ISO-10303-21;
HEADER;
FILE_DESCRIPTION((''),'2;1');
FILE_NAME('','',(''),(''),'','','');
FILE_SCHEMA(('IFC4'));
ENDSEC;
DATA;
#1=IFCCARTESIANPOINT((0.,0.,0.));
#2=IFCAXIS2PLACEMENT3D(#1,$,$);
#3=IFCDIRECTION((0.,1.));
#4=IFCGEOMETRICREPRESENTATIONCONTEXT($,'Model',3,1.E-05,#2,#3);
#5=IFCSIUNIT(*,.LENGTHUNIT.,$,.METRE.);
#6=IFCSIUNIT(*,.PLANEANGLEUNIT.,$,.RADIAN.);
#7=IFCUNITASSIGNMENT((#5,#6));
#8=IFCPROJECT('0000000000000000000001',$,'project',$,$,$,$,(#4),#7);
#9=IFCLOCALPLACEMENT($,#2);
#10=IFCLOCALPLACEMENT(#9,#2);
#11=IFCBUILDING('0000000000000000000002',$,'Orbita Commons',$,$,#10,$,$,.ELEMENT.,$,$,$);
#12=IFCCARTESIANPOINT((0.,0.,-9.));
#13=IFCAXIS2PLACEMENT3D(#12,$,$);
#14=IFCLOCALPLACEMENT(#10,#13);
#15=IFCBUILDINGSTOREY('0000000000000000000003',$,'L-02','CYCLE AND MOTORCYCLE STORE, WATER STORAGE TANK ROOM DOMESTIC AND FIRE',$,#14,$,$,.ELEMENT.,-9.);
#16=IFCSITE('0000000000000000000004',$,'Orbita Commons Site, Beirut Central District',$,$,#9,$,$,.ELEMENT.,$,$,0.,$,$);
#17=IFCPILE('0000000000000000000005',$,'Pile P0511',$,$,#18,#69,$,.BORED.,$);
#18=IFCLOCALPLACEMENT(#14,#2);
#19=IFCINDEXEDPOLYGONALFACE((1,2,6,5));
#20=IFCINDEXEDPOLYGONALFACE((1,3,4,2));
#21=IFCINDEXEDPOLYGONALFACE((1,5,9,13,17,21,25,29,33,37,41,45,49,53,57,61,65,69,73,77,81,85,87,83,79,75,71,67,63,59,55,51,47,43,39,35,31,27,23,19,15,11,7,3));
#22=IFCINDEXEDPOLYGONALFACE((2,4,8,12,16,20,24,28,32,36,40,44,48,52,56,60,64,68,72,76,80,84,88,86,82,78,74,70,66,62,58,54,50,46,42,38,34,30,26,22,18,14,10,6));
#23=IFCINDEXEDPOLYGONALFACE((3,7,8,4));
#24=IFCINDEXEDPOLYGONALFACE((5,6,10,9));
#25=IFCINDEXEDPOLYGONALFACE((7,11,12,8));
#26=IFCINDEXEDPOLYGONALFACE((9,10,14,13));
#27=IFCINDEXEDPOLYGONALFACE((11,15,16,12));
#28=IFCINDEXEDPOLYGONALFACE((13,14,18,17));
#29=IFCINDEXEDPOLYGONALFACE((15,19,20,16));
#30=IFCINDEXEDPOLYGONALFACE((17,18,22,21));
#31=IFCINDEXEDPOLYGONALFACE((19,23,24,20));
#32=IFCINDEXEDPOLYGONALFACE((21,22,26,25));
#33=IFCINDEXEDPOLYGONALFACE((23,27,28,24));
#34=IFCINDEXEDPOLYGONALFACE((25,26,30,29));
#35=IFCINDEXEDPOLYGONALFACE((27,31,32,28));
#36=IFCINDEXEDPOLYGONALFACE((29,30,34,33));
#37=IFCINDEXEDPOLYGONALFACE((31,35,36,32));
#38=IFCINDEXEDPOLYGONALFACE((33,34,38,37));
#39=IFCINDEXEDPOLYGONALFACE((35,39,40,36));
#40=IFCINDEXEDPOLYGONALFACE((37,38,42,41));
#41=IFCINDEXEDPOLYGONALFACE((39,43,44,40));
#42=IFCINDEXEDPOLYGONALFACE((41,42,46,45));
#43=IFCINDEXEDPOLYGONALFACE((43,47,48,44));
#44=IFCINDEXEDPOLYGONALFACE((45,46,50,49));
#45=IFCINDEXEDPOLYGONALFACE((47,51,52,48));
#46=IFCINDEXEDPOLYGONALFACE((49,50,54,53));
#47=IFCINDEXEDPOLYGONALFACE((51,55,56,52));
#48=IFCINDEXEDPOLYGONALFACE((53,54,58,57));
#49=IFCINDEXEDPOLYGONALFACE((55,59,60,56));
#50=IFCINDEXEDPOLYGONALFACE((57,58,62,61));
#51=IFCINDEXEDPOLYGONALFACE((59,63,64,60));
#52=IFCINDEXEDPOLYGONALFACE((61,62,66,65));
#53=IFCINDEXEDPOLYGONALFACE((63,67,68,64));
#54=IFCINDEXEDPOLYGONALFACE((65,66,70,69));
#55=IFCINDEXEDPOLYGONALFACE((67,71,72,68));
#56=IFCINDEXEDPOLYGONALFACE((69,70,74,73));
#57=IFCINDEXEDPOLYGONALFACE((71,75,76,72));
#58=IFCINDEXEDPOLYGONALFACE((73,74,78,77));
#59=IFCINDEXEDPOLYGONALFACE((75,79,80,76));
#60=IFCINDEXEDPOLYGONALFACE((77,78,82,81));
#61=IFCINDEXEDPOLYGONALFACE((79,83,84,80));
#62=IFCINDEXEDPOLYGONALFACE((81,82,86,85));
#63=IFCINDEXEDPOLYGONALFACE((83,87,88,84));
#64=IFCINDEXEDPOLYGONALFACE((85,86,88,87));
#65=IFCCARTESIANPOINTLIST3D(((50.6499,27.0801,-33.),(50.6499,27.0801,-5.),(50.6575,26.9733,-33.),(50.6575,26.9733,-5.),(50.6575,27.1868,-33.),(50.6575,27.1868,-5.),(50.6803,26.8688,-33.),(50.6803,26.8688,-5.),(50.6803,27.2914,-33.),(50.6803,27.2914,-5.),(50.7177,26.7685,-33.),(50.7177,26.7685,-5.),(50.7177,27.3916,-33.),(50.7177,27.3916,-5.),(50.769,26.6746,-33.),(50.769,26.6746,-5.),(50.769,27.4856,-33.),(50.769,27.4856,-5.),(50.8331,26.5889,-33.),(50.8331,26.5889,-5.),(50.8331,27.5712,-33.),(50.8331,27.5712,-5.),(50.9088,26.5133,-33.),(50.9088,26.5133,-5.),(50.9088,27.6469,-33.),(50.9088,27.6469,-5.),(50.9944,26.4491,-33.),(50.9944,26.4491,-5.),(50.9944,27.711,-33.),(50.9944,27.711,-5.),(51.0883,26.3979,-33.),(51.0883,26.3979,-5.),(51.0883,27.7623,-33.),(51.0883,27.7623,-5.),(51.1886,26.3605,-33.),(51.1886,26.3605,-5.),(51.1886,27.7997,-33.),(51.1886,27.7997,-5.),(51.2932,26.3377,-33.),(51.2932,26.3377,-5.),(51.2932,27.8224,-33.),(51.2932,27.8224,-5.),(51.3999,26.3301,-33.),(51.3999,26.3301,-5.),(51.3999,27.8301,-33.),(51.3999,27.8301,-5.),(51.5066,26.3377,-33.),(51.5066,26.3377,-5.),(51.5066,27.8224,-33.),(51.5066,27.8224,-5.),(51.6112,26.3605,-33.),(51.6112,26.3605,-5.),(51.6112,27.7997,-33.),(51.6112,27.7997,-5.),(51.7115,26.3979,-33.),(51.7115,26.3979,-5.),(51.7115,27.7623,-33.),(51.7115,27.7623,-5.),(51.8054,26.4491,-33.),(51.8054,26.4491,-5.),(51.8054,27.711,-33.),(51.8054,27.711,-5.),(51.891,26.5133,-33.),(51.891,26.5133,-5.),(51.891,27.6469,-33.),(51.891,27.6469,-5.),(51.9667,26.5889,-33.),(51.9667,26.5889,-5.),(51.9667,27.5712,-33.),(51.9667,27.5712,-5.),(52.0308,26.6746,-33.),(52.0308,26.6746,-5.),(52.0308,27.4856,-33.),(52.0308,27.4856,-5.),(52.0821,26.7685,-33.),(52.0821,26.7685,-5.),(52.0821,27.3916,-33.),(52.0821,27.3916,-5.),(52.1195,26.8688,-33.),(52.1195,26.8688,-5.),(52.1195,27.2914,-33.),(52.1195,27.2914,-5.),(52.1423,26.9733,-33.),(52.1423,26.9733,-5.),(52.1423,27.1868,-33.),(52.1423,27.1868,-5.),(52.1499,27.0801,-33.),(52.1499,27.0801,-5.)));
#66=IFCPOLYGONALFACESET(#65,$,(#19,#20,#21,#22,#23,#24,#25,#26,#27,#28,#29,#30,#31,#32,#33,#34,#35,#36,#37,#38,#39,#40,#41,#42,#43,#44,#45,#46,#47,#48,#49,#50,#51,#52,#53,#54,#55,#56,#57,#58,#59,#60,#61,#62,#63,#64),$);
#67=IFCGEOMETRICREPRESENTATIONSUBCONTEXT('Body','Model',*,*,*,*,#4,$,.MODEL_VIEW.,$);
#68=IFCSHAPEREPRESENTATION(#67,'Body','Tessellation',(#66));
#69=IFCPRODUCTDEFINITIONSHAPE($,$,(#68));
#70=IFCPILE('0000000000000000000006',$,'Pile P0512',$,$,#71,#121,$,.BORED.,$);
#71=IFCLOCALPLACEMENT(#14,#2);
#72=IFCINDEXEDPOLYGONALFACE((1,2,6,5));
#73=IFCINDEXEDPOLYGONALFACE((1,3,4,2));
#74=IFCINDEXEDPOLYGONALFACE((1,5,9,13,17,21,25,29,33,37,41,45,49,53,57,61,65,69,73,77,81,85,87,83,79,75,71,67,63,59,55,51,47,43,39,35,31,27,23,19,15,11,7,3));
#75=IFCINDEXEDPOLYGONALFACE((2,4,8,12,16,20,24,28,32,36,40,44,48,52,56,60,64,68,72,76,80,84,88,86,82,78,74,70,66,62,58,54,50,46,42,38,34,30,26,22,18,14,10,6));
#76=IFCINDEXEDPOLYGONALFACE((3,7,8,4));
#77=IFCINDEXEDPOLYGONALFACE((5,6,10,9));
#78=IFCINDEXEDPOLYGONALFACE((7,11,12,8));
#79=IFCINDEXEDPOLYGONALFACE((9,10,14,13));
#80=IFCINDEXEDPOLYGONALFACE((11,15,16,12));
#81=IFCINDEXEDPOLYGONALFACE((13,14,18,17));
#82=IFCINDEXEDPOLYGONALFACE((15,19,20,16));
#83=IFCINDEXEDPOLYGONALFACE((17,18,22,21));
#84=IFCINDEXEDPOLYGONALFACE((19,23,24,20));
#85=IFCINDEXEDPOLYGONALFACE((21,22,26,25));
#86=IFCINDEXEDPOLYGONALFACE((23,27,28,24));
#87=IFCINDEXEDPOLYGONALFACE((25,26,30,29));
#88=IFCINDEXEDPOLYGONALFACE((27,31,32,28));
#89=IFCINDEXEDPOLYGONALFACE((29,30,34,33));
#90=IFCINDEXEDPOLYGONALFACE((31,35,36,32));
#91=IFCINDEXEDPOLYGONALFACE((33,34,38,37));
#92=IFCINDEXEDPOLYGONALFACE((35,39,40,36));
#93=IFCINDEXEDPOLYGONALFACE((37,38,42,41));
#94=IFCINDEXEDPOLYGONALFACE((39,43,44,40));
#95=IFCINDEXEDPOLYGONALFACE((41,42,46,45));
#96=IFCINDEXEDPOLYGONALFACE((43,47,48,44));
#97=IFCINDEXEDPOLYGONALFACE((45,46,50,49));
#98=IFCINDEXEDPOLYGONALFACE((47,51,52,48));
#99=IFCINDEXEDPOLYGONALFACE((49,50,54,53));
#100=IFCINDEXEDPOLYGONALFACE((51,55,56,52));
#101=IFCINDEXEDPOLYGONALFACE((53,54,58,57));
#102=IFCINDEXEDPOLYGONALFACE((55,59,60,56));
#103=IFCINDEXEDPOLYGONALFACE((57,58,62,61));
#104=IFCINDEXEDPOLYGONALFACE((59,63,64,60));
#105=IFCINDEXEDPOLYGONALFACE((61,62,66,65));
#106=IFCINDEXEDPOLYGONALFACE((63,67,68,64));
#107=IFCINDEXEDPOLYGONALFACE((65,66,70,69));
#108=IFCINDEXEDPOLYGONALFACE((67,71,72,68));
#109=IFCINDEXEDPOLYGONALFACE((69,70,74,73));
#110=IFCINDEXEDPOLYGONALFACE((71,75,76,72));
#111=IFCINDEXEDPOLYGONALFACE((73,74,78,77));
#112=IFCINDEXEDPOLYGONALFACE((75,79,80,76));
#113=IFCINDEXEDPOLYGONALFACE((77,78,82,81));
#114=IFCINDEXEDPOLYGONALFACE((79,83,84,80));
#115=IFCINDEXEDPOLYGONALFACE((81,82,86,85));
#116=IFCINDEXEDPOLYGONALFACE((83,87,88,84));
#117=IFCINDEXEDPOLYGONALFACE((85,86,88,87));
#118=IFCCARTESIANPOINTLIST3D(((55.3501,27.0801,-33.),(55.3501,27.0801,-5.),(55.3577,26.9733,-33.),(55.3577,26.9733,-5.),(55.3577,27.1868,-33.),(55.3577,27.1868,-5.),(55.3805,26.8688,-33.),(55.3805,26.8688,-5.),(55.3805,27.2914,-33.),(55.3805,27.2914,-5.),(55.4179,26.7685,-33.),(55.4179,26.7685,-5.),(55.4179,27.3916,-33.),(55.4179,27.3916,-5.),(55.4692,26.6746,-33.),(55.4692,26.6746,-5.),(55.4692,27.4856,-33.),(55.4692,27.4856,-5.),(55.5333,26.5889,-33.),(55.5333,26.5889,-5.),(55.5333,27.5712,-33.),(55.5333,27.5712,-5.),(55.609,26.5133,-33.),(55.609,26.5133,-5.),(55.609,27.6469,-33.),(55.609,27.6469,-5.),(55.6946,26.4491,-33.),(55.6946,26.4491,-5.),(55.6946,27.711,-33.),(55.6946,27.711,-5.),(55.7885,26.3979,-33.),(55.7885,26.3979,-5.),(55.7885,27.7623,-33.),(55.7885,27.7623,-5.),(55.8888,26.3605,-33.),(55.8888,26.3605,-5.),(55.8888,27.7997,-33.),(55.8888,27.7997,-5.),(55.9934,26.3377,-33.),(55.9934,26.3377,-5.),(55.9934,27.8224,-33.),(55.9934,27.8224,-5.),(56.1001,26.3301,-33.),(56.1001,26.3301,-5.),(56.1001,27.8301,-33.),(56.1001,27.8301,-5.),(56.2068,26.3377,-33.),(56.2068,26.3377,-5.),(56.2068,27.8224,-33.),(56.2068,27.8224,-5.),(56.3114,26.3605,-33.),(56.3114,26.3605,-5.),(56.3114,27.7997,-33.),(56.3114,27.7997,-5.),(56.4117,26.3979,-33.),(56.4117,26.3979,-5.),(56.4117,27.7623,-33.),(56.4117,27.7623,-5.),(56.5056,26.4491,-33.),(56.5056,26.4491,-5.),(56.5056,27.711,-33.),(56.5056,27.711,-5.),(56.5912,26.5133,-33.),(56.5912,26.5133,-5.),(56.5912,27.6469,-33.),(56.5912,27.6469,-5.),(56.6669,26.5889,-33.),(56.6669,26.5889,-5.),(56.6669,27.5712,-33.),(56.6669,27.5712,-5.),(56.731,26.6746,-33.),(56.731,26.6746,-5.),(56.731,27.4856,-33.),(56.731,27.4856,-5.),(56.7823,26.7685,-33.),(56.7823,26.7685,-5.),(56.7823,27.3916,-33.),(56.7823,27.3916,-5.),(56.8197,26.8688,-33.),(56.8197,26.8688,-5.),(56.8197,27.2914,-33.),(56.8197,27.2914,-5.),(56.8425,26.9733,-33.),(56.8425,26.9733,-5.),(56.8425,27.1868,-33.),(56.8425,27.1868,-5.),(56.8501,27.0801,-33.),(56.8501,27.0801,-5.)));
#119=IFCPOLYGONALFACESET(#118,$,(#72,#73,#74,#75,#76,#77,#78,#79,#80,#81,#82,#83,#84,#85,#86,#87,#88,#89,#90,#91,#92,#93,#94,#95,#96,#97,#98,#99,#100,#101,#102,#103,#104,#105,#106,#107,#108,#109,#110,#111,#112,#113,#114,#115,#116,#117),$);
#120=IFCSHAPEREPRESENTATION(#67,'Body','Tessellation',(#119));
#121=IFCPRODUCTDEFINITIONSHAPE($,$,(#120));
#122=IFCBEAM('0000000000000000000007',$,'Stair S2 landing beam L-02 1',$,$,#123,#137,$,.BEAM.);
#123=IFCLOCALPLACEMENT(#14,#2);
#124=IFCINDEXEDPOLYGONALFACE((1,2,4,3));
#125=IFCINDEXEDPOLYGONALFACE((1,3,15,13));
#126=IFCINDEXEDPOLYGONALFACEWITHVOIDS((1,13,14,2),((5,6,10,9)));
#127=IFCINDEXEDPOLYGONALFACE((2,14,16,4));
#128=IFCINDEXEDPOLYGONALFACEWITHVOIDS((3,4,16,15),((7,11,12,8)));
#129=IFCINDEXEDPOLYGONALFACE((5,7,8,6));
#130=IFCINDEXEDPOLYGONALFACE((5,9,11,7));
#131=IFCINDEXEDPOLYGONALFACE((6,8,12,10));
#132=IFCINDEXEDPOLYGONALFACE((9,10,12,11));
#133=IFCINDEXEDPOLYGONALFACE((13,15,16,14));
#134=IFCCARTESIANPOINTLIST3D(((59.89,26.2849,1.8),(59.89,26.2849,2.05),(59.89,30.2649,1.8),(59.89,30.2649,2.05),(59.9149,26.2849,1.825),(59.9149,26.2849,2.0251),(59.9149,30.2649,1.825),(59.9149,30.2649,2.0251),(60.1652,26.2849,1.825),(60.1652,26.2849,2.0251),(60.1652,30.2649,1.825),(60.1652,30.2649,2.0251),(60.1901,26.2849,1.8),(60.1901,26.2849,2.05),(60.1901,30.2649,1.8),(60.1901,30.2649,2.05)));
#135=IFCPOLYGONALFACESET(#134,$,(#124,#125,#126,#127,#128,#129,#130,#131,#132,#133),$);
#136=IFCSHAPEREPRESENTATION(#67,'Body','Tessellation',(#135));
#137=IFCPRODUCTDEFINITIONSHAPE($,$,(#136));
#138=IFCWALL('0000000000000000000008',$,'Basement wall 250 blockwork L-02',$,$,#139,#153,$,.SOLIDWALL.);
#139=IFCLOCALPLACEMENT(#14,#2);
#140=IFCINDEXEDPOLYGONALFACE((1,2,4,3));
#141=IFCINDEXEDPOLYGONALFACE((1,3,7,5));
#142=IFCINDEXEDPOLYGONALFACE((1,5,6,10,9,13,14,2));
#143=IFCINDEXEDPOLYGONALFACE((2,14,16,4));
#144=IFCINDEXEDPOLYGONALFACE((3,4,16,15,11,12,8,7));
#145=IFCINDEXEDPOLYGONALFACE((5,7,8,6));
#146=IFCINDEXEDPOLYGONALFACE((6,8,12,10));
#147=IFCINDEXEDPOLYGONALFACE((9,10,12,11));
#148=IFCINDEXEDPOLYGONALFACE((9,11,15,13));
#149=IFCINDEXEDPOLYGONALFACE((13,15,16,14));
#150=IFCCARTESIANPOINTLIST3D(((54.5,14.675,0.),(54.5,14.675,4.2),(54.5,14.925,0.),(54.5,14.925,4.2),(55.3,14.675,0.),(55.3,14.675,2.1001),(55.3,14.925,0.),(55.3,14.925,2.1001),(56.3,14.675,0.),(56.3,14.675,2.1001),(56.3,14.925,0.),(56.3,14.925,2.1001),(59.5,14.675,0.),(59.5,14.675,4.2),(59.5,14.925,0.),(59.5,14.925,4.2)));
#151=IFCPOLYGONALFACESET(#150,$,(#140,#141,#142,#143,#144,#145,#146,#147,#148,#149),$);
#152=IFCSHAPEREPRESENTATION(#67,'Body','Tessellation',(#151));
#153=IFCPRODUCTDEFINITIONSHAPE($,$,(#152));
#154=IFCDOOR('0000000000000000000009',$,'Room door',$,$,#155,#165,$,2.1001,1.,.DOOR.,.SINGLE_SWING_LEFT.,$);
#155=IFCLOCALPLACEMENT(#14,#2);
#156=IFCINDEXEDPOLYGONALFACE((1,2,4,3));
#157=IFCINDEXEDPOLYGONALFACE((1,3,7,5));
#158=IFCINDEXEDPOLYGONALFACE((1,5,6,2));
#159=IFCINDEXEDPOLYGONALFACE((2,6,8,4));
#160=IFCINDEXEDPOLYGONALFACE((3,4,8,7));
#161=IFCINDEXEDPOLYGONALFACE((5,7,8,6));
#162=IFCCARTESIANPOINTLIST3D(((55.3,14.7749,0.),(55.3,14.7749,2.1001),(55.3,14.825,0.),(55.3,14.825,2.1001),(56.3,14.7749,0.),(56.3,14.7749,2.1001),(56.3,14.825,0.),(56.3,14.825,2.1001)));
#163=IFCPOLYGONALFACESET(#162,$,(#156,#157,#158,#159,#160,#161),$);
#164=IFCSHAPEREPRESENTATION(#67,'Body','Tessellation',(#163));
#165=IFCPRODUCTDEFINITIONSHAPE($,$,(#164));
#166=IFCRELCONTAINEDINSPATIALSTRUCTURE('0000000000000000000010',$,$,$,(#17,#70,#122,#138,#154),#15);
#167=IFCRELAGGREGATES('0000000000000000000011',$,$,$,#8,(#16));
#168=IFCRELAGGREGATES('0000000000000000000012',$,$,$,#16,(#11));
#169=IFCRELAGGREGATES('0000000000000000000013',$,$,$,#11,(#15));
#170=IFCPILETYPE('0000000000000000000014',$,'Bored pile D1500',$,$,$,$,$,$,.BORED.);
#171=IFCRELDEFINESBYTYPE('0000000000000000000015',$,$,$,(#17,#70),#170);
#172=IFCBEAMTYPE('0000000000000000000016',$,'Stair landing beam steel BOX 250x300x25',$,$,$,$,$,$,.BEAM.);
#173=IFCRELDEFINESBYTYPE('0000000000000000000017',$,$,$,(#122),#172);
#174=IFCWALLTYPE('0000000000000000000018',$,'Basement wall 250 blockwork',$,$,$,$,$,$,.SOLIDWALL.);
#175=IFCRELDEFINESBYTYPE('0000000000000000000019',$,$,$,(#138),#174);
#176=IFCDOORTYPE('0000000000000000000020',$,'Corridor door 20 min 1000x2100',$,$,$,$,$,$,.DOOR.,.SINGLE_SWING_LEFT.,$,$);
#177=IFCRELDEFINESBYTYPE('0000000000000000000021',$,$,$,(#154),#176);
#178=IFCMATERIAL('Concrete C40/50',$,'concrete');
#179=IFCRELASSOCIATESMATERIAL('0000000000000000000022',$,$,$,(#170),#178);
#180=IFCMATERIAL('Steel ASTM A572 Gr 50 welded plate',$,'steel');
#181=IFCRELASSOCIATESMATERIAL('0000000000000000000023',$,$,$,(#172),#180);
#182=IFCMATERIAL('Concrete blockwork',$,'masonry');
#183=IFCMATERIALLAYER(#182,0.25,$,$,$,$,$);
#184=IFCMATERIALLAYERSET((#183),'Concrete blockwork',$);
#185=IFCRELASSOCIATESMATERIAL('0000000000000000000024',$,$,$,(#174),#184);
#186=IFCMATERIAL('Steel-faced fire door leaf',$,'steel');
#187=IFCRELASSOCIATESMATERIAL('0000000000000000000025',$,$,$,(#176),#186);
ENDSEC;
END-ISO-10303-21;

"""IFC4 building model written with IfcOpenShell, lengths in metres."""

from ifc_helpers import new_model, si_unit, direction, frame, frame_2d, origin, origin_2d, place, context, subcontext, project, spatial, rectangle, hollow_rectangle, circle, extrude, material, layer, layer_set, material_profile, profile_set, type_object, element, fill, save


model = new_model("IFC4")

# Units and contexts
model_context = context("Model", 3, precision=1e-05, world=origin(), true_north=direction((0.0, 1.0)))
body_context = subcontext(model_context, "Body", "Model", "MODEL_VIEW")
ifc_project = project(units=[si_unit("LENGTHUNIT", "METRE"), si_unit("PLANEANGLEUNIT", "RADIAN")], contexts=[model_context])

# Site, building, storey
site_placement = place(None, origin())
site = spatial("IfcSite", under=ifc_project, at=site_placement, Name="Orbita Commons Site, Beirut Central District", CompositionType="ELEMENT", RefElevation=0.0)
building_placement = place(site_placement, origin())
building = spatial("IfcBuilding", under=site, at=building_placement, Name="Orbita Commons", CompositionType="ELEMENT")
storey_placement = place(building_placement, frame((0.0, 0.0, -9.0)))
storey = spatial("IfcBuildingStorey", under=building, at=storey_placement, Name="L-02", Description="CYCLE AND MOTORCYCLE STORE, WATER STORAGE TANK ROOM DOMESTIC AND FIRE", CompositionType="ELEMENT", Elevation=-9.0)

# Piles
ifc_material_1 = material(Name="Concrete C40/50", Category="concrete")
ifc_material_profile_1 = material_profile(ifc_material_1, circle(Radius=0.75, at=origin_2d()), Name="RC D1500")
ifc_profile_set_1 = profile_set([ifc_material_profile_1], Name="Concrete C40/50")
pile_type = type_object("IfcPileType", Name="Bored pile D1500", PredefinedType="BORED", material=ifc_profile_set_1)
for number, where, z_axis, x_axis, name in (
    (1, (51.3999, 27.0801, -5.0), (0.0, 0.0, -1.0), (1.0, 0.0, 0.0), "Pile P0511"),
    (2, (56.1001, 27.0801, -5.0), (0.0, 0.0, -1.0), (1.0, 0.0, 0.0), "Pile P0512"),
):
    element("IfcPile", number, at=place(storey_placement, frame(where, z_axis=z_axis, x_axis=x_axis)), inside=storey, type_object=pile_type, Name=name, PredefinedType="BORED", context=body_context, shape_type="SweptSolid", body=[
        extrude(circle(Radius=0.75, at=origin_2d()), origin(), (0.0, 0.0, 1.0), 28.0),
    ])

# Beam
ifc_material_2 = material(Name="Steel ASTM A572 Gr 50 welded plate", Category="steel")
ifc_material_profile_2 = material_profile(ifc_material_2, hollow_rectangle(XDim=0.3, YDim=0.25, WallThickness=0.0249, at=origin_2d()), Name="BOX 250x300x25")
ifc_profile_set_2 = profile_set([ifc_material_profile_2], Name="Steel ASTM A572 Gr 50 welded plate")
beam_type = type_object("IfcBeamType", Name="Stair landing beam steel BOX 250x300x25", PredefinedType="BEAM", material=ifc_profile_set_2)
beam_placement = place(storey_placement, frame((60.04, 26.2849, 1.925), z_axis=(0.0, 1.0, 0.0), x_axis=(-1.0, 0.0, 0.0)))
element("IfcBeam", 3, at=beam_placement, inside=storey, type_object=beam_type, Name="Stair S2 landing beam L-02 1", PredefinedType="BEAM", context=body_context, shape_type="SweptSolid", body=[
    extrude(hollow_rectangle(XDim=0.3, YDim=0.25, WallThickness=0.0249, at=origin_2d()), origin(), (0.0, 0.0, 1.0), 3.98),
])

# Wall, opening, door
ifc_material_3 = material(Name="Concrete blockwork", Category="masonry")
ifc_layer_1 = layer(ifc_material_3, 0.25)
ifc_layer_set_1 = layer_set([ifc_layer_1], Name="Concrete blockwork")
wall_type_1 = type_object("IfcWallType", Name="Basement wall 250 blockwork", PredefinedType="SOLIDWALL", material=ifc_layer_set_1)
wall_1_placement = place(storey_placement, frame((54.5, 14.8, 0.0), z_axis=(0.0, 0.0, 1.0), x_axis=(1.0, 0.0, 0.0)))
wall_1 = element("IfcWall", 4, at=wall_1_placement, inside=storey, type_object=wall_type_1, Name="Basement wall 250 blockwork L-02", PredefinedType="SOLIDWALL", context=body_context, shape_type="SweptSolid", body=[
    extrude(rectangle(XDim=5.0, YDim=0.25, at=frame_2d((2.5, 0.0))), origin(), (0.0, 0.0, 1.0), 4.2),
])
opening_1_placement = place(wall_1_placement, frame((0.8, 0.0, 0.0)))
opening_1 = element("IfcOpeningElement", 5, at=opening_1_placement, cuts=wall_1, PredefinedType="OPENING", context=body_context, shape_type="SweptSolid", body=[
    extrude(rectangle(XDim=1.0, YDim=2.1001, at=frame_2d((0.5, 1.05))), frame((0.0, 0.135, 0.0), z_axis=(0.0, -1.0, 0.0), x_axis=(1.0, 0.0, 0.0)), (0.0, 0.0, 1.0), 0.27),
])
ifc_material_4 = material(Name="Steel-faced fire door leaf", Category="steel")
door_type = type_object("IfcDoorType", Name="Corridor door 20 min 1000x2100", OperationType="SINGLE_SWING_LEFT", PredefinedType="DOOR", material=ifc_material_4)
door_1_placement = place(opening_1_placement, origin())
door_1 = element("IfcDoor", 6, at=door_1_placement, inside=storey, type_object=door_type, Name="Room door", OperationType="SINGLE_SWING_LEFT", OverallHeight=2.1001, OverallWidth=1.0, PredefinedType="DOOR", context=body_context, shape_type="SweptSolid", body=[
    extrude(rectangle(XDim=1.0, YDim=2.1001, at=frame_2d((0.5, 1.05))), frame((0.0, 0.0249, 0.0), z_axis=(0.0, -1.0, 0.0), x_axis=(1.0, 0.0, 0.0)), (0.0, 0.0, 1.0), 0.05),
])
fill(opening_1, door_1)

save(model, "model.ifc")
